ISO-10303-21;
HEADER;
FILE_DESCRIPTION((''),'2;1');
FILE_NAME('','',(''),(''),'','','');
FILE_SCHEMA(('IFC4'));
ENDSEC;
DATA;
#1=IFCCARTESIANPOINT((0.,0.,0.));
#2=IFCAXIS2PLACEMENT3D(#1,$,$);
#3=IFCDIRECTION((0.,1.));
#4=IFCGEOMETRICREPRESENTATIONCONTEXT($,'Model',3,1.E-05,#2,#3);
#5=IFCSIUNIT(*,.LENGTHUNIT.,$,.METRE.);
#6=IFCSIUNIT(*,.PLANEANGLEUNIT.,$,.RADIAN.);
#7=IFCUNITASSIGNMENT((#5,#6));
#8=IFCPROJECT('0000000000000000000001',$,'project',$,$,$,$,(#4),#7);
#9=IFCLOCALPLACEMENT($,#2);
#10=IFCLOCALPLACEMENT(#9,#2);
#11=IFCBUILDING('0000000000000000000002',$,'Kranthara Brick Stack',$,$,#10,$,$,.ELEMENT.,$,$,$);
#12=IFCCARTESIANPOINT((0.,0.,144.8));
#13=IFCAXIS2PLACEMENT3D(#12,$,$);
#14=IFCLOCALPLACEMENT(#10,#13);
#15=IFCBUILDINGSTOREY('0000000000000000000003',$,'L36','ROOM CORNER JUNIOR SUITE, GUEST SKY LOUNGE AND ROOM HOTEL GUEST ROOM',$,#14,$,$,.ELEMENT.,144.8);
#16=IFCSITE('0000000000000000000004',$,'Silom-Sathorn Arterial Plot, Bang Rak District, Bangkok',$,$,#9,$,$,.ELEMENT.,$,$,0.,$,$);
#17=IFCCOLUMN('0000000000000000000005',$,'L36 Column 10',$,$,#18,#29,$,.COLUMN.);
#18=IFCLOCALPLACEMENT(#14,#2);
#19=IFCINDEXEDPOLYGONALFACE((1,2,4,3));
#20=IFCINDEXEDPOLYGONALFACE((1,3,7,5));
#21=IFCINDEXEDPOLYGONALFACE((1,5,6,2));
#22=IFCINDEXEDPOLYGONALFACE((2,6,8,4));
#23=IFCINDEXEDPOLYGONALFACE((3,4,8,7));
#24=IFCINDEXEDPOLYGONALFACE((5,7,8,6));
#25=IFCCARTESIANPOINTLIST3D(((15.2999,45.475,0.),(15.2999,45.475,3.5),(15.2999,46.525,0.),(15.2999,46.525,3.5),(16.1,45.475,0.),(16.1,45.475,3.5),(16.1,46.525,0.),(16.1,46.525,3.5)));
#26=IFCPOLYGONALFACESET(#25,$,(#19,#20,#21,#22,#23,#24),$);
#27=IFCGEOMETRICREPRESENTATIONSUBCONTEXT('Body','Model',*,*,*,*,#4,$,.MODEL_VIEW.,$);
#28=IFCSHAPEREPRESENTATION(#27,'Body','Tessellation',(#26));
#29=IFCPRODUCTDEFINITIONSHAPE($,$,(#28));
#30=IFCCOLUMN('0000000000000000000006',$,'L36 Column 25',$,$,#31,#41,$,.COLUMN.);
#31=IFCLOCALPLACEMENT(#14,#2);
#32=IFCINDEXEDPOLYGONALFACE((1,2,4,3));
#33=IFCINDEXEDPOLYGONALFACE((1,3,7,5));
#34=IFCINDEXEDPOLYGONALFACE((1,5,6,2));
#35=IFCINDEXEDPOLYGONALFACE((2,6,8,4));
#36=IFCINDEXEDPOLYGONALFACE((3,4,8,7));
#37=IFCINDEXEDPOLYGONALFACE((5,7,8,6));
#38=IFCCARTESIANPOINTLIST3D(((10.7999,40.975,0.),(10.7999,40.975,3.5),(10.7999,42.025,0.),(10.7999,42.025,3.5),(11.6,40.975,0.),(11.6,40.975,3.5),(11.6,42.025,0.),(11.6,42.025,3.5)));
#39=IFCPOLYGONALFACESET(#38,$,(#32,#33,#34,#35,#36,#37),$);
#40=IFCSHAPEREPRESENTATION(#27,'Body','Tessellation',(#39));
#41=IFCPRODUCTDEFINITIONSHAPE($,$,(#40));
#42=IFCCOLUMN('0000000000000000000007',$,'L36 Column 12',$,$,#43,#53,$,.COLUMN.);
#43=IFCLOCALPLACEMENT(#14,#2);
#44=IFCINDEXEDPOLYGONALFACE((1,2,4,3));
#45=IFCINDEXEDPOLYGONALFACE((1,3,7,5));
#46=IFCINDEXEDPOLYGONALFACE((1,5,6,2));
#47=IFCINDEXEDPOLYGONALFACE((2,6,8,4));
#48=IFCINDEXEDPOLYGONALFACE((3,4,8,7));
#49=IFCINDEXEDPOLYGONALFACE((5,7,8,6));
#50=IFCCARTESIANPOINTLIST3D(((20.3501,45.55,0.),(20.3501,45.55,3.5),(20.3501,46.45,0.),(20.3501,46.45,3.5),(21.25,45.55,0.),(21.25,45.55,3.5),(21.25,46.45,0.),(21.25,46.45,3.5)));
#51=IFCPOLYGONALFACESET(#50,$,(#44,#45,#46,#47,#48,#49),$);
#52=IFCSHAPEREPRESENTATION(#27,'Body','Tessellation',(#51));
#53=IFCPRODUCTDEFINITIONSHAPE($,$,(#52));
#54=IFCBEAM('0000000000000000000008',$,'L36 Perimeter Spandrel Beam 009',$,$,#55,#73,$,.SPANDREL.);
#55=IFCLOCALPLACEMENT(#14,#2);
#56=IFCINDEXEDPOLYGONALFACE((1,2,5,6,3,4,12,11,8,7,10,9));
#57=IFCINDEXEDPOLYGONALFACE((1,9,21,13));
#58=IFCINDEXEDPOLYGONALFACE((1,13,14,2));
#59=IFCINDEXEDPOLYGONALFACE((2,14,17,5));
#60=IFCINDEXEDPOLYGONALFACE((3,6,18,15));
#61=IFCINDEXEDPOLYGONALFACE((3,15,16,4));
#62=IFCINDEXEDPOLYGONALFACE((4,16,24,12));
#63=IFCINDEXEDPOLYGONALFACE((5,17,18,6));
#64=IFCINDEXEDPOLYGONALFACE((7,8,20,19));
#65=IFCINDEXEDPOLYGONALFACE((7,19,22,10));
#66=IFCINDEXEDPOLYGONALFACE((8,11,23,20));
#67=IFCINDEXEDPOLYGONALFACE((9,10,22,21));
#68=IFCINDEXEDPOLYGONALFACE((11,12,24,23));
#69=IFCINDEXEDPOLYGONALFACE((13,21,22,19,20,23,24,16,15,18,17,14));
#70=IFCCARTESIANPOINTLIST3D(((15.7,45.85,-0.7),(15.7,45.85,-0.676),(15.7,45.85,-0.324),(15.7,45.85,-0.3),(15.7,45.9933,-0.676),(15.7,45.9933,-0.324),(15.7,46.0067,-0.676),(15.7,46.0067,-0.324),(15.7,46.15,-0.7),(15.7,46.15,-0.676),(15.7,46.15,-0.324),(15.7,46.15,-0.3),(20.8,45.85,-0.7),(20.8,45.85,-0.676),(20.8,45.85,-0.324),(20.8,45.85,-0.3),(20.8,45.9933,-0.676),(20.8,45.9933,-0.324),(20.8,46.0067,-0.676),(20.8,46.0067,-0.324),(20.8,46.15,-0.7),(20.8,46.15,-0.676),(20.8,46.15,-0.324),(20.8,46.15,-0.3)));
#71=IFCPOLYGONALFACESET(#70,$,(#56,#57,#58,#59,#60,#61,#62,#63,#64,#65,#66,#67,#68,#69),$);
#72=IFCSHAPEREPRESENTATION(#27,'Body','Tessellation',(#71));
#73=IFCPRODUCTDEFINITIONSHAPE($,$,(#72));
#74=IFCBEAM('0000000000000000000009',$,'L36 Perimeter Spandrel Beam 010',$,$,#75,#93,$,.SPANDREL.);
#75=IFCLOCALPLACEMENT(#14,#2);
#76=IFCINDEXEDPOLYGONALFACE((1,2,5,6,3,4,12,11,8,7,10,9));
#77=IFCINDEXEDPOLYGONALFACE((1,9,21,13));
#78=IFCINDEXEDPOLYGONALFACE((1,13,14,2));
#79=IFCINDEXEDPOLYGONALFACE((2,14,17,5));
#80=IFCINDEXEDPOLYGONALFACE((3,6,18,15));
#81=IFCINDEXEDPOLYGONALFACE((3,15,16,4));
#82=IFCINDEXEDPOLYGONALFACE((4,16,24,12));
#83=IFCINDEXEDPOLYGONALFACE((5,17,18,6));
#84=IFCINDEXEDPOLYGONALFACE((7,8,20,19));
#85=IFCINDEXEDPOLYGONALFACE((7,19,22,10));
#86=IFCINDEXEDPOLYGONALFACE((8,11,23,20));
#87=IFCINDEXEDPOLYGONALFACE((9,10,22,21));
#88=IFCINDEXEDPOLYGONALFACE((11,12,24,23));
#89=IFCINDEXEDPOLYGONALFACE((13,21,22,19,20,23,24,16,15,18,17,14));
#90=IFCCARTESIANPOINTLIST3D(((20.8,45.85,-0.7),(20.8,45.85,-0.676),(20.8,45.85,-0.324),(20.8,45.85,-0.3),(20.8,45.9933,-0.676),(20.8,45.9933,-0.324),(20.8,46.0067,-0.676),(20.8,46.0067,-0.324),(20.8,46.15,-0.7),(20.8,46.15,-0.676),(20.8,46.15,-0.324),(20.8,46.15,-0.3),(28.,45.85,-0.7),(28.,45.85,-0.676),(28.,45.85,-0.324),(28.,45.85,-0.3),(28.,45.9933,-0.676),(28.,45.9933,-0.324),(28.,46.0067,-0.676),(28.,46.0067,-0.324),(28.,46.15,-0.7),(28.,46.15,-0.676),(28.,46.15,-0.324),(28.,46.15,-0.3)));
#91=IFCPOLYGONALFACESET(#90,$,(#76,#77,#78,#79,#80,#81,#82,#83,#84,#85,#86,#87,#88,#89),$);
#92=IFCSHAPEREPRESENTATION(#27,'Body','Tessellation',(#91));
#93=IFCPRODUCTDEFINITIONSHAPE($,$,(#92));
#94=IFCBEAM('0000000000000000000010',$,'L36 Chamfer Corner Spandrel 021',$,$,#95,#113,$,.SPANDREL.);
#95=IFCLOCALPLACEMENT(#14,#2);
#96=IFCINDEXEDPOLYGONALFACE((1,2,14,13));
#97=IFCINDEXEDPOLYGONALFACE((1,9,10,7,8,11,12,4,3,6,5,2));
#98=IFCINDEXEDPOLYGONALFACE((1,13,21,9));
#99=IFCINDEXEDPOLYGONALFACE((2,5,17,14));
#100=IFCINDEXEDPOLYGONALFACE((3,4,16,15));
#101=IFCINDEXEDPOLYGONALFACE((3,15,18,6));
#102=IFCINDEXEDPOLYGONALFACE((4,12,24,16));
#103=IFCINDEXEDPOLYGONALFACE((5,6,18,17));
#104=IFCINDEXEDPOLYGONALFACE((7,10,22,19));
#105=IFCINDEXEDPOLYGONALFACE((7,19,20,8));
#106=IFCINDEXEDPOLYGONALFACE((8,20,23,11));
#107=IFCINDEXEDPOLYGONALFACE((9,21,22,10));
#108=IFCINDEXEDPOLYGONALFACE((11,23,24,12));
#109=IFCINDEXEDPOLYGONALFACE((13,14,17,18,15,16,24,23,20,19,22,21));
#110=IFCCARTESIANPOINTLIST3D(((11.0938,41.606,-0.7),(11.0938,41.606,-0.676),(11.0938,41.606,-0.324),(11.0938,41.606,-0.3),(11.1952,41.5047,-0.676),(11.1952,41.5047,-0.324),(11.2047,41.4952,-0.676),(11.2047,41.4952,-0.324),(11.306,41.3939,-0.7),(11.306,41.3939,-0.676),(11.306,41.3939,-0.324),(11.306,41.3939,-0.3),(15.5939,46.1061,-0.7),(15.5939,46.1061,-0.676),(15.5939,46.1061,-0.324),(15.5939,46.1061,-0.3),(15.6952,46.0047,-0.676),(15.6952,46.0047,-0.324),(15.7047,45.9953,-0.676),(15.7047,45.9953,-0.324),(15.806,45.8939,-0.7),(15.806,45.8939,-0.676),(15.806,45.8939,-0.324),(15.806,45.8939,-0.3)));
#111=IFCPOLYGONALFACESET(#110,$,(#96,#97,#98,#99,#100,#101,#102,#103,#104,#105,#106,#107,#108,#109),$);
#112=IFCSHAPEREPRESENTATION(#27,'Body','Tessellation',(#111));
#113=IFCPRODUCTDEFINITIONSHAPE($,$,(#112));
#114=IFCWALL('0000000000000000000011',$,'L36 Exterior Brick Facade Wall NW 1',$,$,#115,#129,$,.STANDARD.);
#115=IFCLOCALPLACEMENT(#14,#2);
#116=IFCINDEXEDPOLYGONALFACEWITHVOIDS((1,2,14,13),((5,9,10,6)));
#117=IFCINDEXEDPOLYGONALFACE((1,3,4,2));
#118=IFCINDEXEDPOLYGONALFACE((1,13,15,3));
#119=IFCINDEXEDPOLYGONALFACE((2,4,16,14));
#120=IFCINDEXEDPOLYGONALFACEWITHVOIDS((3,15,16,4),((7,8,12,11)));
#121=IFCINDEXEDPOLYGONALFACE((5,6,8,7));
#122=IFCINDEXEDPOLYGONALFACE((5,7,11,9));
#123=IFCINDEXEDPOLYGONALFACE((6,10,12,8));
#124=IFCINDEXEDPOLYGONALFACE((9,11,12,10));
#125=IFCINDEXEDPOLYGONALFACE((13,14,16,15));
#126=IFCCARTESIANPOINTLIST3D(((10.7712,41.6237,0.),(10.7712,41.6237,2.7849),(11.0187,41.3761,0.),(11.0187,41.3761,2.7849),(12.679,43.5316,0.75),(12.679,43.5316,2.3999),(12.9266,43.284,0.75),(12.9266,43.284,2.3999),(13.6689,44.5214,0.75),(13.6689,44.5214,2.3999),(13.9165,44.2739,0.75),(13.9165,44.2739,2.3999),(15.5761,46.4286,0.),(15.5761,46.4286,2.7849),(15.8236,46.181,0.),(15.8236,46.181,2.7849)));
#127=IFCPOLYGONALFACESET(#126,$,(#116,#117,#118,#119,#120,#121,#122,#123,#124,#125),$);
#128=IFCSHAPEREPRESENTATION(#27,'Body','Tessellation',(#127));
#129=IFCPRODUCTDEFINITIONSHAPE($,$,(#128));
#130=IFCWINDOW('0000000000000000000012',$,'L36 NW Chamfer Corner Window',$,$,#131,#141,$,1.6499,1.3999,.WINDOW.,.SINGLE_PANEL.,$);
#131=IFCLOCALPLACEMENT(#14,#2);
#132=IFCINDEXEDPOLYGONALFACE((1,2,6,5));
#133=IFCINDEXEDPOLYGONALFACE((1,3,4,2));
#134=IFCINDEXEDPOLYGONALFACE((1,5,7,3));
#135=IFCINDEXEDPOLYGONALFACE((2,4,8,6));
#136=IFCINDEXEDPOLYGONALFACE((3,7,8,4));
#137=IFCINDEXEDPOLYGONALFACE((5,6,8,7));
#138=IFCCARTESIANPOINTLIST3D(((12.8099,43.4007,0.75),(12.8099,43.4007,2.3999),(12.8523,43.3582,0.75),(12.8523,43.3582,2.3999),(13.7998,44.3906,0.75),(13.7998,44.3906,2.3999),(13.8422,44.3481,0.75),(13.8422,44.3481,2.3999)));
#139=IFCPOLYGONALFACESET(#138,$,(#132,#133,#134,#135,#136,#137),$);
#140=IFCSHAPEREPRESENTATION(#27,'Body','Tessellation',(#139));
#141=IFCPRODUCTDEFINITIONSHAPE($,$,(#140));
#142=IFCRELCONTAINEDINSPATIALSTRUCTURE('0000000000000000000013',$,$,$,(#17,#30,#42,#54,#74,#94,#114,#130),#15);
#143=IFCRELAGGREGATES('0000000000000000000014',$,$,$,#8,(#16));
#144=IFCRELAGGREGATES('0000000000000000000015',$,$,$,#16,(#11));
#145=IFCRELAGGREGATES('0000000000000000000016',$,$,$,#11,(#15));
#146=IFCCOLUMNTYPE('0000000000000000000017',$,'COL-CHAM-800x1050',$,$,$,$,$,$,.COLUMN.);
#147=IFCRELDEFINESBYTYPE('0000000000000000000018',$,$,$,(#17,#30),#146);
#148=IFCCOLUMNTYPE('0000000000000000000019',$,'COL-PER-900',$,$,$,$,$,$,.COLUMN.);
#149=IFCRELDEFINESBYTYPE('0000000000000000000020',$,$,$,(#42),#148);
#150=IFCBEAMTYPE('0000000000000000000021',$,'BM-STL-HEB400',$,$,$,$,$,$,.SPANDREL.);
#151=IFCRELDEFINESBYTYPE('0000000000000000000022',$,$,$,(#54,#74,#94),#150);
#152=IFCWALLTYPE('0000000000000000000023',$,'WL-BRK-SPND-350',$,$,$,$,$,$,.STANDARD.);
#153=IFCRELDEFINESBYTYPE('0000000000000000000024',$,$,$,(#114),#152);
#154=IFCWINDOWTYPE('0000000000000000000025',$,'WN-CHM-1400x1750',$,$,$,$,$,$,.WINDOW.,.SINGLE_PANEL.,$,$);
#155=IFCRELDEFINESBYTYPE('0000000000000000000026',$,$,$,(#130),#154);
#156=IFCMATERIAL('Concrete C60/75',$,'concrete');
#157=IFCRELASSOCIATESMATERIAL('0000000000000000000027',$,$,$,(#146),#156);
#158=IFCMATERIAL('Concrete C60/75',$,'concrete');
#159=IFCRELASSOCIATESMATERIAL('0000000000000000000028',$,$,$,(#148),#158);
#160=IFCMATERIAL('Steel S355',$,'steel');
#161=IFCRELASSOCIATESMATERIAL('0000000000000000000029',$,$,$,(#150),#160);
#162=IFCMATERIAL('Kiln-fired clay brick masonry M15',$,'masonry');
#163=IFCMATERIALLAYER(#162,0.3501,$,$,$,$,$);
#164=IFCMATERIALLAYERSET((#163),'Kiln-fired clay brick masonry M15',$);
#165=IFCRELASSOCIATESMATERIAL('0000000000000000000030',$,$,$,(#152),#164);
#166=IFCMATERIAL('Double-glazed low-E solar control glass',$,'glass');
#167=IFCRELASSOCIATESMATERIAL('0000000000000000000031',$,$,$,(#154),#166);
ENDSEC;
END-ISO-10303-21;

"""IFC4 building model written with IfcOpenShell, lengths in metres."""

from ifc_helpers import new_model, si_unit, direction, frame, frame_2d, origin, origin_2d, place, context, subcontext, project, spatial, rectangle, i_section, extrude, material, layer, layer_set, material_profile, profile_set, type_object, element, fill, save


model = new_model("IFC4")

# Units and contexts
model_context = context("Model", 3, precision=1e-05, world=origin(), true_north=direction((0.0, 1.0)))
body_context = subcontext(model_context, "Body", "Model", "MODEL_VIEW")
ifc_project = project(units=[si_unit("LENGTHUNIT", "METRE"), si_unit("PLANEANGLEUNIT", "RADIAN")], contexts=[model_context])

# Site, building, storey
site_placement = place(None, origin())
site = spatial("IfcSite", under=ifc_project, at=site_placement, Name="Silom-Sathorn Arterial Plot, Bang Rak District, Bangkok", CompositionType="ELEMENT", RefElevation=0.0)
building_placement = place(site_placement, origin())
building = spatial("IfcBuilding", under=site, at=building_placement, Name="Kranthara Brick Stack", CompositionType="ELEMENT")
storey_placement = place(building_placement, frame((0.0, 0.0, 144.8)))
storey = spatial("IfcBuildingStorey", under=building, at=storey_placement, Name="L36", Description="ROOM CORNER JUNIOR SUITE, GUEST SKY LOUNGE AND ROOM HOTEL GUEST ROOM", CompositionType="ELEMENT", Elevation=144.8)

# Columns
ifc_material_1 = material(Name="Concrete C60/75", Category="concrete")
ifc_material_profile_1 = material_profile(ifc_material_1, rectangle(XDim=0.8, YDim=1.05, at=origin_2d()), Name="RC 800x1050")
ifc_profile_set_1 = profile_set([ifc_material_profile_1], Name="Concrete C60/75")
column_type_1 = type_object("IfcColumnType", Name="COL-CHAM-800x1050", PredefinedType="COLUMN", material=ifc_profile_set_1)
for number, where, z_axis, x_axis, name in (
    (1, (15.7, 46.0, 0.0), (0.0, 0.0, 1.0), (1.0, 0.0, 0.0), "L36 Column 10"),
    (2, (11.2, 41.5, 0.0), (0.0, 0.0, 1.0), (1.0, 0.0, 0.0), "L36 Column 25"),
):
    element("IfcColumn", number, at=place(storey_placement, frame(where, z_axis=z_axis, x_axis=x_axis)), inside=storey, type_object=column_type_1, Name=name, PredefinedType="COLUMN", context=body_context, shape_type="SweptSolid", body=[
        extrude(rectangle(XDim=0.8, YDim=1.05, at=origin_2d()), origin(), (0.0, 0.0, 1.0), 3.5),
    ])
ifc_material_2 = material(Name="Concrete C60/75", Category="concrete")
ifc_material_profile_2 = material_profile(ifc_material_2, rectangle(XDim=0.8999, YDim=0.8999, at=origin_2d()), Name="RC 900x900")
ifc_profile_set_2 = profile_set([ifc_material_profile_2], Name="Concrete C60/75")
column_type_2 = type_object("IfcColumnType", Name="COL-PER-900", PredefinedType="COLUMN", material=ifc_profile_set_2)
column_placement = place(storey_placement, frame((20.8, 46.0, 0.0), z_axis=(0.0, 0.0, 1.0), x_axis=(1.0, 0.0, 0.0)))
element("IfcColumn", 3, at=column_placement, inside=storey, type_object=column_type_2, Name="L36 Column 12", PredefinedType="COLUMN", context=body_context, shape_type="SweptSolid", body=[
    extrude(rectangle(XDim=0.8999, YDim=0.8999, at=origin_2d()), origin(), (0.0, 0.0, 1.0), 3.5),
])

# Beams
ifc_material_3 = material(Name="Steel S355", Category="steel")
ifc_material_profile_3 = material_profile(ifc_material_3, i_section(OverallWidth=0.3, OverallDepth=0.3999, WebThickness=0.0134, FlangeThickness=0.0239, at=origin_2d()), Name="HEB 400")
ifc_profile_set_3 = profile_set([ifc_material_profile_3], Name="Steel S355")
beam_type = type_object("IfcBeamType", Name="BM-STL-HEB400", PredefinedType="SPANDREL", material=ifc_profile_set_3)
beam_1_placement = place(storey_placement, frame((15.7, 46.0, -0.5), z_axis=(1.0, 0.0, 0.0), x_axis=(0.0, 1.0, 0.0)))
element("IfcBeam", 4, at=beam_1_placement, inside=storey, type_object=beam_type, Name="L36 Perimeter Spandrel Beam 009", PredefinedType="SPANDREL", context=body_context, shape_type="SweptSolid", body=[
    extrude(i_section(OverallWidth=0.3, OverallDepth=0.3999, WebThickness=0.0134, FlangeThickness=0.0239, at=origin_2d()), origin(), (0.0, 0.0, 1.0), 5.1001),
])
beam_2_placement = place(storey_placement, frame((20.8, 46.0, -0.5), z_axis=(1.0, 0.0, 0.0), x_axis=(0.0, 1.0, 0.0)))
element("IfcBeam", 5, at=beam_2_placement, inside=storey, type_object=beam_type, Name="L36 Perimeter Spandrel Beam 010", PredefinedType="SPANDREL", context=body_context, shape_type="SweptSolid", body=[
    extrude(i_section(OverallWidth=0.3, OverallDepth=0.3999, WebThickness=0.0134, FlangeThickness=0.0239, at=origin_2d()), origin(), (0.0, 0.0, 1.0), 7.2),
])
beam_3_placement = place(storey_placement, frame((15.7, 46.0, -0.5), z_axis=(-0.707107, -0.707107, 0.0), x_axis=(0.707107, -0.707107, 0.0)))
element("IfcBeam", 6, at=beam_3_placement, inside=storey, type_object=beam_type, Name="L36 Chamfer Corner Spandrel 021", PredefinedType="SPANDREL", context=body_context, shape_type="SweptSolid", body=[
    extrude(i_section(OverallWidth=0.3, OverallDepth=0.3999, WebThickness=0.0134, FlangeThickness=0.0239, at=origin_2d()), origin(), (0.0, 0.0, 1.0), 6.364),
])

# Wall, opening, window
ifc_material_4 = material(Name="Kiln-fired clay brick masonry M15", Category="masonry")
ifc_layer_1 = layer(ifc_material_4, 0.3501)
ifc_layer_set_1 = layer_set([ifc_layer_1], Name="Kiln-fired clay brick masonry M15")
wall_type_1 = type_object("IfcWallType", Name="WL-BRK-SPND-350", PredefinedType="STANDARD", material=ifc_layer_set_1)
wall_1_placement = place(storey_placement, frame((10.895, 41.5, 0.0), z_axis=(0.0, 0.0, 1.0), x_axis=(0.707107, 0.707107, 0.0)))
wall_1 = element("IfcWall", 7, at=wall_1_placement, inside=storey, type_object=wall_type_1, Name="L36 Exterior Brick Facade Wall NW 1", PredefinedType="STANDARD", context=body_context, shape_type="SweptSolid", body=[
    extrude(rectangle(XDim=6.7952, YDim=0.3501, at=frame_2d((3.3975, 0.0))), origin(), (0.0, 0.0, 1.0), 2.7849),
])
opening_1_placement = place(wall_1_placement, frame((2.698, 0.0, 0.75)))
opening_1 = element("IfcOpeningElement", 8, at=opening_1_placement, cuts=wall_1, PredefinedType="OPENING", context=body_context, shape_type="SweptSolid", body=[
    extrude(rectangle(XDim=1.3999, YDim=1.6499, at=frame_2d((0.7, 0.825))), frame((0.0, 0.1851, 0.0), z_axis=(0.0, -1.0, 0.0), x_axis=(1.0, 0.0, 0.0)), (0.0, 0.0, 1.0), 0.3701),
])
ifc_material_5 = material(Name="Double-glazed low-E solar control glass", Category="glass")
window_type_1 = type_object("IfcWindowType", Name="WN-CHM-1400x1750", PartitioningType="SINGLE_PANEL", PredefinedType="WINDOW", material=ifc_material_5)
window_1_placement = place(opening_1_placement, origin())
window_1 = element("IfcWindow", 9, at=window_1_placement, inside=storey, type_object=window_type_1, Name="L36 NW Chamfer Corner Window", OverallHeight=1.6499, OverallWidth=1.3999, PartitioningType="SINGLE_PANEL", PredefinedType="WINDOW", context=body_context, shape_type="SweptSolid", body=[
    extrude(rectangle(XDim=1.3999, YDim=1.6499, at=frame_2d((0.7, 0.825))), frame((0.0, -0.01, 0.0), z_axis=(0.0, -1.0, 0.0), x_axis=(1.0, 0.0, 0.0)), (0.0, 0.0, 1.0), 0.0601),
])
fill(opening_1, window_1)

save(model, "model.ifc")
